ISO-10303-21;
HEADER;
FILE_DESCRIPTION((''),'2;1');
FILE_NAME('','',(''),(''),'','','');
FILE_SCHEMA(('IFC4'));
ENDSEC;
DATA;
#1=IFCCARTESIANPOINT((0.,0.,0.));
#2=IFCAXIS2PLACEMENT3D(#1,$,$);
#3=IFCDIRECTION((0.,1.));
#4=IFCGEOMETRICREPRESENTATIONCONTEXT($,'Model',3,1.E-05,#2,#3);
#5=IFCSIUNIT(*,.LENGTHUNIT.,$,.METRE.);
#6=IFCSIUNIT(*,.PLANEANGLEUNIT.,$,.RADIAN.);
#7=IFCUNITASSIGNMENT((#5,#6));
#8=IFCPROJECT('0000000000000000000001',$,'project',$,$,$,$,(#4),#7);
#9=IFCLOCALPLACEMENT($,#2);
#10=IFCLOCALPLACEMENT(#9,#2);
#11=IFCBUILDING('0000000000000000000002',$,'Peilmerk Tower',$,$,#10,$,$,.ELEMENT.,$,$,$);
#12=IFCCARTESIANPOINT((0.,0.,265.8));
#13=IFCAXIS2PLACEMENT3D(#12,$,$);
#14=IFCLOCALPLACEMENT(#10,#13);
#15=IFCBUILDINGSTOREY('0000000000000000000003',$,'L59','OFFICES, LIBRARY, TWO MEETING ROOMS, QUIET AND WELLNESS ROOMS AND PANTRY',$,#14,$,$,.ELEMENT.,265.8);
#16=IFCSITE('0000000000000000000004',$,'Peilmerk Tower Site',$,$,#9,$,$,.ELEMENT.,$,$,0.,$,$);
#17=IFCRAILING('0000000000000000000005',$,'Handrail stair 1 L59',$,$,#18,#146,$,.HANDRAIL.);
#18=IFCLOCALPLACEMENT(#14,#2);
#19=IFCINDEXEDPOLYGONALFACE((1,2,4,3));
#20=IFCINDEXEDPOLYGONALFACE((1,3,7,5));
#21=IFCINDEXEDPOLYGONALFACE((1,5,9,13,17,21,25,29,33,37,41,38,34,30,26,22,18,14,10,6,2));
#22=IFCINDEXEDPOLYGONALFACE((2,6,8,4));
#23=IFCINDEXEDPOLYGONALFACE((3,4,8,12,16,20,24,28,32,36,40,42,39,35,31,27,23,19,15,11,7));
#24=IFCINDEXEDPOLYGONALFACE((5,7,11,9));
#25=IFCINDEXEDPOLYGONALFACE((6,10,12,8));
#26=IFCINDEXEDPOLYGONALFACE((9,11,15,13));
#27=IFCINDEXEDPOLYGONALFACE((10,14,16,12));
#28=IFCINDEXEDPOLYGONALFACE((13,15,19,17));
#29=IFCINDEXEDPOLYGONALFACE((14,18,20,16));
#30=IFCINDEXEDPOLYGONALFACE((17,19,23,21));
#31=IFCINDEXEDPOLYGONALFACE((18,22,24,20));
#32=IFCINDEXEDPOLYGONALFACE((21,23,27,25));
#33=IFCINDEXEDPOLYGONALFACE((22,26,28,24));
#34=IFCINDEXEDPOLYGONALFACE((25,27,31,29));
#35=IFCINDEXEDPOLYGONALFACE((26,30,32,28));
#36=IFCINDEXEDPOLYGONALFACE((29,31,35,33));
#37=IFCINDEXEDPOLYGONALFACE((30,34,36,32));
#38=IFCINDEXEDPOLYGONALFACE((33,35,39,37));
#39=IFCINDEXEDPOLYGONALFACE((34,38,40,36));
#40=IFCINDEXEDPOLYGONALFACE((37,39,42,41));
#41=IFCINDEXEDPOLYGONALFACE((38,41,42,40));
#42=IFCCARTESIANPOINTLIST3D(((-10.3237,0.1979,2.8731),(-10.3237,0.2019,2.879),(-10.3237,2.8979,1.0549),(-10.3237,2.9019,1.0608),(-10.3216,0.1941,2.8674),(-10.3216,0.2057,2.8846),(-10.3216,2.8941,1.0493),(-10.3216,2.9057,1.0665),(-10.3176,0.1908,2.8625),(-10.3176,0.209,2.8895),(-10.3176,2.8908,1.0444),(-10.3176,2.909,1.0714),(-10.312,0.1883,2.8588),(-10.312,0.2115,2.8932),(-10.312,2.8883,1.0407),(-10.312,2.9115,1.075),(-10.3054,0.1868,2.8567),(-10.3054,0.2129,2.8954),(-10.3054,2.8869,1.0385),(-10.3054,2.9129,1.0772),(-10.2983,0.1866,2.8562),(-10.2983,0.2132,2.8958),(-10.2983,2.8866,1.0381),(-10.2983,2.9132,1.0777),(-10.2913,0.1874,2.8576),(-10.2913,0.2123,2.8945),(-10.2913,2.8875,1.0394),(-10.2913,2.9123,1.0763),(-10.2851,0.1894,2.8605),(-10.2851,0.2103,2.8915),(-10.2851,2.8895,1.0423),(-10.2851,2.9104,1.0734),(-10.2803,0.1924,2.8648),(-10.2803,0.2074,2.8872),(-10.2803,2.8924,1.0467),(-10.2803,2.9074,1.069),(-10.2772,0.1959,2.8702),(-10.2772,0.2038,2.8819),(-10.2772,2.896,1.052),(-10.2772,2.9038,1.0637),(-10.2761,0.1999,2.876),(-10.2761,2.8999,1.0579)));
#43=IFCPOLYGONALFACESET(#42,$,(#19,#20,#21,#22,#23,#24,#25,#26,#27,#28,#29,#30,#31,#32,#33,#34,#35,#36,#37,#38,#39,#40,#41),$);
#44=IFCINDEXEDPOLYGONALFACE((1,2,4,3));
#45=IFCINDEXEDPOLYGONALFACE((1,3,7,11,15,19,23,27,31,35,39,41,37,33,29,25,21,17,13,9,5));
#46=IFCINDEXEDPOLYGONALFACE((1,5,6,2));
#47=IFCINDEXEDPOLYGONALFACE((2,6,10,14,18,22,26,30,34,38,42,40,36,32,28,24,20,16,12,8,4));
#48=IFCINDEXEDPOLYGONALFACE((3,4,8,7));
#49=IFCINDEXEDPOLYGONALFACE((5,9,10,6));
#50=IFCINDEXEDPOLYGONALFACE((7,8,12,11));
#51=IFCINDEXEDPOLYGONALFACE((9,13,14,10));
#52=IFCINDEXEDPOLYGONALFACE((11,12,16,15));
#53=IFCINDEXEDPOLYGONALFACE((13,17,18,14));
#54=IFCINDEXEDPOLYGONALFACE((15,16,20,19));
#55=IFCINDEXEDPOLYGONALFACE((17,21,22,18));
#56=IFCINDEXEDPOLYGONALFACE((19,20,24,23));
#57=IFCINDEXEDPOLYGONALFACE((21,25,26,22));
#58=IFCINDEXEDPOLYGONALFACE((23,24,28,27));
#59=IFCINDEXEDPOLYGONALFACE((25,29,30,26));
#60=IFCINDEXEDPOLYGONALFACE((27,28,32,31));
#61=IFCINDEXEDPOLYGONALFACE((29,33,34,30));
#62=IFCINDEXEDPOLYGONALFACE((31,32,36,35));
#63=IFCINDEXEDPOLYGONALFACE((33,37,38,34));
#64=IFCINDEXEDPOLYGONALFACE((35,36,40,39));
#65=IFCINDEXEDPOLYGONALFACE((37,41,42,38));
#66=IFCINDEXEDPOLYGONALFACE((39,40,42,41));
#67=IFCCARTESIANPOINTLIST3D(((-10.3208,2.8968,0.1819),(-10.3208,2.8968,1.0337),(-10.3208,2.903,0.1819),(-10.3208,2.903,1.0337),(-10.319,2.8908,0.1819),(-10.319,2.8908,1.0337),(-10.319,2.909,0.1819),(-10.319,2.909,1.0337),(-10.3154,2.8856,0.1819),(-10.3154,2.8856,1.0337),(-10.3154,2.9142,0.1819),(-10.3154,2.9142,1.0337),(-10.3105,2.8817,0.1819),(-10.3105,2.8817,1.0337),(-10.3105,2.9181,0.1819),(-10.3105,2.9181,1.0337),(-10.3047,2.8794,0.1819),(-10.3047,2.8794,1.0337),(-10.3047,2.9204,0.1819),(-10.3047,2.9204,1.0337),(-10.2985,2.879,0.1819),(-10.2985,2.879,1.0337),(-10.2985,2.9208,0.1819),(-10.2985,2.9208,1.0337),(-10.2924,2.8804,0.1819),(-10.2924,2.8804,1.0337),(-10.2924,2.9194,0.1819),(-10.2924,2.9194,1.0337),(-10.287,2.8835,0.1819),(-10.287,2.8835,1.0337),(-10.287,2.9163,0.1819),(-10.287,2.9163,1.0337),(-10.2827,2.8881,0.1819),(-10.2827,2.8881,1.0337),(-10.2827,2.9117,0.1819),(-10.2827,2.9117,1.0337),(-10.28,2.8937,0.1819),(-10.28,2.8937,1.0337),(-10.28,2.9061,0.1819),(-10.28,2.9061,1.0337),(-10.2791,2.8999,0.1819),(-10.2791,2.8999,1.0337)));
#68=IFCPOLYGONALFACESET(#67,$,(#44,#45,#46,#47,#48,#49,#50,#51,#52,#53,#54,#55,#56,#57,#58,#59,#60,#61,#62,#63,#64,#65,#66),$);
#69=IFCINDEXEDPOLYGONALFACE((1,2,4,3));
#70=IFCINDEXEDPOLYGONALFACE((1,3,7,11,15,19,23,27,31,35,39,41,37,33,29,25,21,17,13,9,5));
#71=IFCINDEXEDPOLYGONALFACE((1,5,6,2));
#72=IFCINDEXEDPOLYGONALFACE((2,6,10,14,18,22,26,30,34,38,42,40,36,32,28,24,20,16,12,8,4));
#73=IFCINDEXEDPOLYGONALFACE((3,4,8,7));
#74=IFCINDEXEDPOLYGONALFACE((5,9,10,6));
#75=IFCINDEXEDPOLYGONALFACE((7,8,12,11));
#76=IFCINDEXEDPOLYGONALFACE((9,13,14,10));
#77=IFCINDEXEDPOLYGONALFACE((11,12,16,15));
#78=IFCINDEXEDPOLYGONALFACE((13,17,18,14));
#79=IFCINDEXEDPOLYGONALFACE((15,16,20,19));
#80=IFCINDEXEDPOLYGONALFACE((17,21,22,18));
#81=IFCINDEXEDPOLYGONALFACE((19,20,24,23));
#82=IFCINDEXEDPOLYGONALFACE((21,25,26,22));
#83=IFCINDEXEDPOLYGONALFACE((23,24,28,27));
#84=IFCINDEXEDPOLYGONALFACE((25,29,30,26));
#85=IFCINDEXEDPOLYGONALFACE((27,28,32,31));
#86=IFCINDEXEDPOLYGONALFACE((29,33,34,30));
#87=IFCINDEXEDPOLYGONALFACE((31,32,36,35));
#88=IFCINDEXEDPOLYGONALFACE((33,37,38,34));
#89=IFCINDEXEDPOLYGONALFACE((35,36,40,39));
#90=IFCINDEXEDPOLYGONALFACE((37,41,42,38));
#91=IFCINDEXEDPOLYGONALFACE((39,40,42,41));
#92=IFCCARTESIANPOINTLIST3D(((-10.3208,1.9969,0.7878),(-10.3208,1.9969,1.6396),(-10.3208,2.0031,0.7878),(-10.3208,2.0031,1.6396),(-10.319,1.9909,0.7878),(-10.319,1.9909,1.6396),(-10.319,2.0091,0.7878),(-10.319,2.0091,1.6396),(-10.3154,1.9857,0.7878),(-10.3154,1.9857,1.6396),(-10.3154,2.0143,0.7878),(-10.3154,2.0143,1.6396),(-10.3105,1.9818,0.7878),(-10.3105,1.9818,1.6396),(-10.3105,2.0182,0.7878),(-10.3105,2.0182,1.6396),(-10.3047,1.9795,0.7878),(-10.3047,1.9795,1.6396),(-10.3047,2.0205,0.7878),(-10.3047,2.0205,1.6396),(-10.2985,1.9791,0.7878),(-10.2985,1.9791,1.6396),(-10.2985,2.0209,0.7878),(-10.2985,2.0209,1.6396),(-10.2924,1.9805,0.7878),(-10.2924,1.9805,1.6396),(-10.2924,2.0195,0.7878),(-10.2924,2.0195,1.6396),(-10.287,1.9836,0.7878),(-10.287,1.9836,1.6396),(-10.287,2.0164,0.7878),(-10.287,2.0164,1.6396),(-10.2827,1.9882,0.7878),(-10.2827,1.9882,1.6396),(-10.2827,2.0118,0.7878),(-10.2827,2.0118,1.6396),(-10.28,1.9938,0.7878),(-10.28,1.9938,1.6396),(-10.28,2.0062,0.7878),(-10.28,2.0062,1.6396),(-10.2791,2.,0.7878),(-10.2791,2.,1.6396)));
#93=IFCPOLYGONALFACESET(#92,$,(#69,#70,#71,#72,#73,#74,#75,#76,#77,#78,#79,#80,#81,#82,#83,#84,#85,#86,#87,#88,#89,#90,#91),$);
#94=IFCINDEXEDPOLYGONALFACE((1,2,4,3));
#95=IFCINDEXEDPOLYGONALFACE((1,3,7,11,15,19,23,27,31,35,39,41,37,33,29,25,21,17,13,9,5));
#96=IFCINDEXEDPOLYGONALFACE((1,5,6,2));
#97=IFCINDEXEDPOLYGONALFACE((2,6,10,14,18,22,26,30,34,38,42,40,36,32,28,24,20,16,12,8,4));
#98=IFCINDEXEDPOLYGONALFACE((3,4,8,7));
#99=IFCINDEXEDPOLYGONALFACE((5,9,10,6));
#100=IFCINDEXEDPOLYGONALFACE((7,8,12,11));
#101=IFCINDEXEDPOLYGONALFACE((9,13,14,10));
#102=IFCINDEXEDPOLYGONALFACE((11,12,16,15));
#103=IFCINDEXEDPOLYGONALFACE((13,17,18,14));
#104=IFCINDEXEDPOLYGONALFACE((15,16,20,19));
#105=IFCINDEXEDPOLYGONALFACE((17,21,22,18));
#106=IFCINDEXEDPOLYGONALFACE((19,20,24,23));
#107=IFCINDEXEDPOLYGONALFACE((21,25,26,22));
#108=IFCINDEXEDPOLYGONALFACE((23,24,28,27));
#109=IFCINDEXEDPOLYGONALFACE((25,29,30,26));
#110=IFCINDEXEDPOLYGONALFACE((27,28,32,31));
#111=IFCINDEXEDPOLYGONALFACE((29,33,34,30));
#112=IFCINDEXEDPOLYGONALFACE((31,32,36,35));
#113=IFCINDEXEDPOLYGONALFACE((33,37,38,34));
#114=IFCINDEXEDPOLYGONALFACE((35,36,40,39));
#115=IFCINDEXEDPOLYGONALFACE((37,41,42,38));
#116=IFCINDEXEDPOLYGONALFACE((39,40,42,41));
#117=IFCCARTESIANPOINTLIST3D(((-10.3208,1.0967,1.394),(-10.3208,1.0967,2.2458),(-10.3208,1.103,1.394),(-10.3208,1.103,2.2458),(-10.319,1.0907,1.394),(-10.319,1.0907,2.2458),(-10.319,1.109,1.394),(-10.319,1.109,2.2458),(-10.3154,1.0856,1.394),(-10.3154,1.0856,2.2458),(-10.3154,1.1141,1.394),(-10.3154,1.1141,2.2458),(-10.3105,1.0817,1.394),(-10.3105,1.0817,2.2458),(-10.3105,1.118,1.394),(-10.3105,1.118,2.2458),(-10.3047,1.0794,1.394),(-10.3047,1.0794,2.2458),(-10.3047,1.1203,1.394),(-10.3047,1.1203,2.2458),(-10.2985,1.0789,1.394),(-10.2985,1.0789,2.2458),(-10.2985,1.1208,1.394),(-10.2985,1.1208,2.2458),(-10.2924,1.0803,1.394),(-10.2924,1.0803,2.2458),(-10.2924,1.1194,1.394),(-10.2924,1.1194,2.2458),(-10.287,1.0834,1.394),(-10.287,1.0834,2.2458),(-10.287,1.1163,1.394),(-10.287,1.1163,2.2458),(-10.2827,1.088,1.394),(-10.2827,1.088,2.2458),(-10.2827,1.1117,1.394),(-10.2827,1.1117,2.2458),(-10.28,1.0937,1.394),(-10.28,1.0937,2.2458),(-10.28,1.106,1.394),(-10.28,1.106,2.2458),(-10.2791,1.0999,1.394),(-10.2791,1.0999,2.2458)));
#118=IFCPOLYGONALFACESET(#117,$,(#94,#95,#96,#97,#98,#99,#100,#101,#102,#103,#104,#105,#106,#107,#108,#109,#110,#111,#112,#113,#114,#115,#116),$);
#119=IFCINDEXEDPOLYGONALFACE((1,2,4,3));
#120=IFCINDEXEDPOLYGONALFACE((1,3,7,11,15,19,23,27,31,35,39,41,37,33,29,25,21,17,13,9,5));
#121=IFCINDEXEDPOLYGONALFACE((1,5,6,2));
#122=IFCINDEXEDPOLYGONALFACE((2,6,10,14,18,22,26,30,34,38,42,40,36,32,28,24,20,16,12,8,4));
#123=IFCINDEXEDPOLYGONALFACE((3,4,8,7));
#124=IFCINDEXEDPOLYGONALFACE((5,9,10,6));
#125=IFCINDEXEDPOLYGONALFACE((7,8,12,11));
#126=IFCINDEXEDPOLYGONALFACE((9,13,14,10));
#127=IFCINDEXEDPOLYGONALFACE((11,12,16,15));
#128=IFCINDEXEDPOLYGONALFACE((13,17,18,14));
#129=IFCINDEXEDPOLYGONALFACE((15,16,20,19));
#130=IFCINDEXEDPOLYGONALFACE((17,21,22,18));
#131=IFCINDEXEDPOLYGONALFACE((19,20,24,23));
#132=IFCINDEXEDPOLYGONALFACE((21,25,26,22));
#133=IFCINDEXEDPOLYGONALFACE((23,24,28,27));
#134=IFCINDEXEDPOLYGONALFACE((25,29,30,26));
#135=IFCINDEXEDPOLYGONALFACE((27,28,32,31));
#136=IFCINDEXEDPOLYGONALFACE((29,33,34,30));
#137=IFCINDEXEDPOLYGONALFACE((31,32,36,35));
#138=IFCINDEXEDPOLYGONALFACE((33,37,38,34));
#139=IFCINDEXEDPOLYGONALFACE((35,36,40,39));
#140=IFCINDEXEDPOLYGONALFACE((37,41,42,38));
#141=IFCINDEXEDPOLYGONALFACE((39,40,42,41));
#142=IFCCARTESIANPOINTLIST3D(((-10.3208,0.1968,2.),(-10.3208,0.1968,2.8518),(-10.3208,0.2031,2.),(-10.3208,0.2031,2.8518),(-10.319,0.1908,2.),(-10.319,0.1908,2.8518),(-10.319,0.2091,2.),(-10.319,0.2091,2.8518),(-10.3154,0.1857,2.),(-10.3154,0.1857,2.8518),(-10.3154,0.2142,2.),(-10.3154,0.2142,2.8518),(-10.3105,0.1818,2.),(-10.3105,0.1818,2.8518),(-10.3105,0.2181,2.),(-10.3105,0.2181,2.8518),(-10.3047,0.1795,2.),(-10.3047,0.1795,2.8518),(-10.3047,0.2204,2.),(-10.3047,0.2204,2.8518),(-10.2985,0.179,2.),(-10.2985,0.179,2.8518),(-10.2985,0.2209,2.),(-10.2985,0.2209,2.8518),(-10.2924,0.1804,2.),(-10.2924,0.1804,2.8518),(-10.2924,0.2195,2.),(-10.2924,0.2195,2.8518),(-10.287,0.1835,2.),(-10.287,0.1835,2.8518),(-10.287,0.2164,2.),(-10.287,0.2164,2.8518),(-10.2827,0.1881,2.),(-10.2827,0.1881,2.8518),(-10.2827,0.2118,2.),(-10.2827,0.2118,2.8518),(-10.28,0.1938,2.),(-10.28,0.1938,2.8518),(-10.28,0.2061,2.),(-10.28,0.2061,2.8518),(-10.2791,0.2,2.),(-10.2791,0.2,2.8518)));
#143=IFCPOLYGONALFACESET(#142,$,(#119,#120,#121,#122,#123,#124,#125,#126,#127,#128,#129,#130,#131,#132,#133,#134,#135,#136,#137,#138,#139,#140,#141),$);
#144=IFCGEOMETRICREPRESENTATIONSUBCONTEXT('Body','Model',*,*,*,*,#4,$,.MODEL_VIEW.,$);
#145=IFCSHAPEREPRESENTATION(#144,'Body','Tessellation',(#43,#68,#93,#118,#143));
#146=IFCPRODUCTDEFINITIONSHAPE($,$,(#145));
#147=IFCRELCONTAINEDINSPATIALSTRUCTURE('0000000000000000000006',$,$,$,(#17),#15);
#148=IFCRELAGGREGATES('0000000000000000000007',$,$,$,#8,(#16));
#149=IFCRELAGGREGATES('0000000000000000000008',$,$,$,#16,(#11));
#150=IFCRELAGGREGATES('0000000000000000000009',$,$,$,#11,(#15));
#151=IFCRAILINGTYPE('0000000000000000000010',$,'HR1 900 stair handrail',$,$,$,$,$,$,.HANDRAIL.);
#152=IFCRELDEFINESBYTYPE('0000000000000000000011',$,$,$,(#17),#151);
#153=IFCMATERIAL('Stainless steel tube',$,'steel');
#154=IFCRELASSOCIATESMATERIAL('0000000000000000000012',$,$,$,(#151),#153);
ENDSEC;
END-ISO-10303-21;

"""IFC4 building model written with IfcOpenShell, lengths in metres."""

from ifc_helpers import new_model, si_unit, direction, frame, origin, origin_2d, place, context, subcontext, project, spatial, circle, extrude, material, type_object, element, save


model = new_model("IFC4")

# Units and contexts
model_context = context("Model", 3, precision=1e-05, world=origin(), true_north=direction((0.0, 1.0)))
body_context = subcontext(model_context, "Body", "Model", "MODEL_VIEW")
ifc_project = project(units=[si_unit("LENGTHUNIT", "METRE"), si_unit("PLANEANGLEUNIT", "RADIAN")], contexts=[model_context])

# Site, building, storey
site_placement = place(None, origin())
site = spatial("IfcSite", under=ifc_project, at=site_placement, Name="Peilmerk Tower Site", CompositionType="ELEMENT", RefElevation=0.0)
building_placement = place(site_placement, origin())
building = spatial("IfcBuilding", under=site, at=building_placement, Name="Peilmerk Tower", CompositionType="ELEMENT")
storey_placement = place(building_placement, frame((0.0, 0.0, 265.8)))
storey = spatial("IfcBuildingStorey", under=building, at=storey_placement, Name="L59", Description="OFFICES, LIBRARY, TWO MEETING ROOMS, QUIET AND WELLNESS ROOMS AND PANTRY", CompositionType="ELEMENT", Elevation=265.8)

# Railing
ifc_material_1 = material(Name="Stainless steel tube", Category="steel")
railing_type_1 = type_object("IfcRailingType", Name="HR1 900 stair handrail", PredefinedType="HANDRAIL", material=ifc_material_1)
railing_1_placement = place(storey_placement, frame((-10.3, 2.8999, 0.1819)))
element("IfcRailing", 1, at=railing_1_placement, inside=storey, type_object=railing_type_1, Name="Handrail stair 1 L59", PredefinedType="HANDRAIL", context=body_context, shape_type="SweptSolid", body=[
    extrude(circle(Radius=0.0239, at=origin_2d()), frame((0.0, 0.0, 0.876), z_axis=(0.0, -0.829468, 0.558554), x_axis=(1.0, 0.0, 0.0)), (0.0, 0.0, 1.0), 3.2551),
    extrude(circle(Radius=0.021, at=origin_2d()), origin(), (0.0, 0.0, 1.0), 0.8518),
    extrude(circle(Radius=0.021, at=origin_2d()), frame((0.0, -0.8999, 0.606)), (0.0, 0.0, 1.0), 0.8518),
    extrude(circle(Radius=0.021, at=origin_2d()), frame((0.0, -1.8, 1.2122)), (0.0, 0.0, 1.0), 0.8518),
    extrude(circle(Radius=0.021, at=origin_2d()), frame((0.0, -2.7, 1.8181)), (0.0, 0.0, 1.0), 0.8518),
])

save(model, "model.ifc")
